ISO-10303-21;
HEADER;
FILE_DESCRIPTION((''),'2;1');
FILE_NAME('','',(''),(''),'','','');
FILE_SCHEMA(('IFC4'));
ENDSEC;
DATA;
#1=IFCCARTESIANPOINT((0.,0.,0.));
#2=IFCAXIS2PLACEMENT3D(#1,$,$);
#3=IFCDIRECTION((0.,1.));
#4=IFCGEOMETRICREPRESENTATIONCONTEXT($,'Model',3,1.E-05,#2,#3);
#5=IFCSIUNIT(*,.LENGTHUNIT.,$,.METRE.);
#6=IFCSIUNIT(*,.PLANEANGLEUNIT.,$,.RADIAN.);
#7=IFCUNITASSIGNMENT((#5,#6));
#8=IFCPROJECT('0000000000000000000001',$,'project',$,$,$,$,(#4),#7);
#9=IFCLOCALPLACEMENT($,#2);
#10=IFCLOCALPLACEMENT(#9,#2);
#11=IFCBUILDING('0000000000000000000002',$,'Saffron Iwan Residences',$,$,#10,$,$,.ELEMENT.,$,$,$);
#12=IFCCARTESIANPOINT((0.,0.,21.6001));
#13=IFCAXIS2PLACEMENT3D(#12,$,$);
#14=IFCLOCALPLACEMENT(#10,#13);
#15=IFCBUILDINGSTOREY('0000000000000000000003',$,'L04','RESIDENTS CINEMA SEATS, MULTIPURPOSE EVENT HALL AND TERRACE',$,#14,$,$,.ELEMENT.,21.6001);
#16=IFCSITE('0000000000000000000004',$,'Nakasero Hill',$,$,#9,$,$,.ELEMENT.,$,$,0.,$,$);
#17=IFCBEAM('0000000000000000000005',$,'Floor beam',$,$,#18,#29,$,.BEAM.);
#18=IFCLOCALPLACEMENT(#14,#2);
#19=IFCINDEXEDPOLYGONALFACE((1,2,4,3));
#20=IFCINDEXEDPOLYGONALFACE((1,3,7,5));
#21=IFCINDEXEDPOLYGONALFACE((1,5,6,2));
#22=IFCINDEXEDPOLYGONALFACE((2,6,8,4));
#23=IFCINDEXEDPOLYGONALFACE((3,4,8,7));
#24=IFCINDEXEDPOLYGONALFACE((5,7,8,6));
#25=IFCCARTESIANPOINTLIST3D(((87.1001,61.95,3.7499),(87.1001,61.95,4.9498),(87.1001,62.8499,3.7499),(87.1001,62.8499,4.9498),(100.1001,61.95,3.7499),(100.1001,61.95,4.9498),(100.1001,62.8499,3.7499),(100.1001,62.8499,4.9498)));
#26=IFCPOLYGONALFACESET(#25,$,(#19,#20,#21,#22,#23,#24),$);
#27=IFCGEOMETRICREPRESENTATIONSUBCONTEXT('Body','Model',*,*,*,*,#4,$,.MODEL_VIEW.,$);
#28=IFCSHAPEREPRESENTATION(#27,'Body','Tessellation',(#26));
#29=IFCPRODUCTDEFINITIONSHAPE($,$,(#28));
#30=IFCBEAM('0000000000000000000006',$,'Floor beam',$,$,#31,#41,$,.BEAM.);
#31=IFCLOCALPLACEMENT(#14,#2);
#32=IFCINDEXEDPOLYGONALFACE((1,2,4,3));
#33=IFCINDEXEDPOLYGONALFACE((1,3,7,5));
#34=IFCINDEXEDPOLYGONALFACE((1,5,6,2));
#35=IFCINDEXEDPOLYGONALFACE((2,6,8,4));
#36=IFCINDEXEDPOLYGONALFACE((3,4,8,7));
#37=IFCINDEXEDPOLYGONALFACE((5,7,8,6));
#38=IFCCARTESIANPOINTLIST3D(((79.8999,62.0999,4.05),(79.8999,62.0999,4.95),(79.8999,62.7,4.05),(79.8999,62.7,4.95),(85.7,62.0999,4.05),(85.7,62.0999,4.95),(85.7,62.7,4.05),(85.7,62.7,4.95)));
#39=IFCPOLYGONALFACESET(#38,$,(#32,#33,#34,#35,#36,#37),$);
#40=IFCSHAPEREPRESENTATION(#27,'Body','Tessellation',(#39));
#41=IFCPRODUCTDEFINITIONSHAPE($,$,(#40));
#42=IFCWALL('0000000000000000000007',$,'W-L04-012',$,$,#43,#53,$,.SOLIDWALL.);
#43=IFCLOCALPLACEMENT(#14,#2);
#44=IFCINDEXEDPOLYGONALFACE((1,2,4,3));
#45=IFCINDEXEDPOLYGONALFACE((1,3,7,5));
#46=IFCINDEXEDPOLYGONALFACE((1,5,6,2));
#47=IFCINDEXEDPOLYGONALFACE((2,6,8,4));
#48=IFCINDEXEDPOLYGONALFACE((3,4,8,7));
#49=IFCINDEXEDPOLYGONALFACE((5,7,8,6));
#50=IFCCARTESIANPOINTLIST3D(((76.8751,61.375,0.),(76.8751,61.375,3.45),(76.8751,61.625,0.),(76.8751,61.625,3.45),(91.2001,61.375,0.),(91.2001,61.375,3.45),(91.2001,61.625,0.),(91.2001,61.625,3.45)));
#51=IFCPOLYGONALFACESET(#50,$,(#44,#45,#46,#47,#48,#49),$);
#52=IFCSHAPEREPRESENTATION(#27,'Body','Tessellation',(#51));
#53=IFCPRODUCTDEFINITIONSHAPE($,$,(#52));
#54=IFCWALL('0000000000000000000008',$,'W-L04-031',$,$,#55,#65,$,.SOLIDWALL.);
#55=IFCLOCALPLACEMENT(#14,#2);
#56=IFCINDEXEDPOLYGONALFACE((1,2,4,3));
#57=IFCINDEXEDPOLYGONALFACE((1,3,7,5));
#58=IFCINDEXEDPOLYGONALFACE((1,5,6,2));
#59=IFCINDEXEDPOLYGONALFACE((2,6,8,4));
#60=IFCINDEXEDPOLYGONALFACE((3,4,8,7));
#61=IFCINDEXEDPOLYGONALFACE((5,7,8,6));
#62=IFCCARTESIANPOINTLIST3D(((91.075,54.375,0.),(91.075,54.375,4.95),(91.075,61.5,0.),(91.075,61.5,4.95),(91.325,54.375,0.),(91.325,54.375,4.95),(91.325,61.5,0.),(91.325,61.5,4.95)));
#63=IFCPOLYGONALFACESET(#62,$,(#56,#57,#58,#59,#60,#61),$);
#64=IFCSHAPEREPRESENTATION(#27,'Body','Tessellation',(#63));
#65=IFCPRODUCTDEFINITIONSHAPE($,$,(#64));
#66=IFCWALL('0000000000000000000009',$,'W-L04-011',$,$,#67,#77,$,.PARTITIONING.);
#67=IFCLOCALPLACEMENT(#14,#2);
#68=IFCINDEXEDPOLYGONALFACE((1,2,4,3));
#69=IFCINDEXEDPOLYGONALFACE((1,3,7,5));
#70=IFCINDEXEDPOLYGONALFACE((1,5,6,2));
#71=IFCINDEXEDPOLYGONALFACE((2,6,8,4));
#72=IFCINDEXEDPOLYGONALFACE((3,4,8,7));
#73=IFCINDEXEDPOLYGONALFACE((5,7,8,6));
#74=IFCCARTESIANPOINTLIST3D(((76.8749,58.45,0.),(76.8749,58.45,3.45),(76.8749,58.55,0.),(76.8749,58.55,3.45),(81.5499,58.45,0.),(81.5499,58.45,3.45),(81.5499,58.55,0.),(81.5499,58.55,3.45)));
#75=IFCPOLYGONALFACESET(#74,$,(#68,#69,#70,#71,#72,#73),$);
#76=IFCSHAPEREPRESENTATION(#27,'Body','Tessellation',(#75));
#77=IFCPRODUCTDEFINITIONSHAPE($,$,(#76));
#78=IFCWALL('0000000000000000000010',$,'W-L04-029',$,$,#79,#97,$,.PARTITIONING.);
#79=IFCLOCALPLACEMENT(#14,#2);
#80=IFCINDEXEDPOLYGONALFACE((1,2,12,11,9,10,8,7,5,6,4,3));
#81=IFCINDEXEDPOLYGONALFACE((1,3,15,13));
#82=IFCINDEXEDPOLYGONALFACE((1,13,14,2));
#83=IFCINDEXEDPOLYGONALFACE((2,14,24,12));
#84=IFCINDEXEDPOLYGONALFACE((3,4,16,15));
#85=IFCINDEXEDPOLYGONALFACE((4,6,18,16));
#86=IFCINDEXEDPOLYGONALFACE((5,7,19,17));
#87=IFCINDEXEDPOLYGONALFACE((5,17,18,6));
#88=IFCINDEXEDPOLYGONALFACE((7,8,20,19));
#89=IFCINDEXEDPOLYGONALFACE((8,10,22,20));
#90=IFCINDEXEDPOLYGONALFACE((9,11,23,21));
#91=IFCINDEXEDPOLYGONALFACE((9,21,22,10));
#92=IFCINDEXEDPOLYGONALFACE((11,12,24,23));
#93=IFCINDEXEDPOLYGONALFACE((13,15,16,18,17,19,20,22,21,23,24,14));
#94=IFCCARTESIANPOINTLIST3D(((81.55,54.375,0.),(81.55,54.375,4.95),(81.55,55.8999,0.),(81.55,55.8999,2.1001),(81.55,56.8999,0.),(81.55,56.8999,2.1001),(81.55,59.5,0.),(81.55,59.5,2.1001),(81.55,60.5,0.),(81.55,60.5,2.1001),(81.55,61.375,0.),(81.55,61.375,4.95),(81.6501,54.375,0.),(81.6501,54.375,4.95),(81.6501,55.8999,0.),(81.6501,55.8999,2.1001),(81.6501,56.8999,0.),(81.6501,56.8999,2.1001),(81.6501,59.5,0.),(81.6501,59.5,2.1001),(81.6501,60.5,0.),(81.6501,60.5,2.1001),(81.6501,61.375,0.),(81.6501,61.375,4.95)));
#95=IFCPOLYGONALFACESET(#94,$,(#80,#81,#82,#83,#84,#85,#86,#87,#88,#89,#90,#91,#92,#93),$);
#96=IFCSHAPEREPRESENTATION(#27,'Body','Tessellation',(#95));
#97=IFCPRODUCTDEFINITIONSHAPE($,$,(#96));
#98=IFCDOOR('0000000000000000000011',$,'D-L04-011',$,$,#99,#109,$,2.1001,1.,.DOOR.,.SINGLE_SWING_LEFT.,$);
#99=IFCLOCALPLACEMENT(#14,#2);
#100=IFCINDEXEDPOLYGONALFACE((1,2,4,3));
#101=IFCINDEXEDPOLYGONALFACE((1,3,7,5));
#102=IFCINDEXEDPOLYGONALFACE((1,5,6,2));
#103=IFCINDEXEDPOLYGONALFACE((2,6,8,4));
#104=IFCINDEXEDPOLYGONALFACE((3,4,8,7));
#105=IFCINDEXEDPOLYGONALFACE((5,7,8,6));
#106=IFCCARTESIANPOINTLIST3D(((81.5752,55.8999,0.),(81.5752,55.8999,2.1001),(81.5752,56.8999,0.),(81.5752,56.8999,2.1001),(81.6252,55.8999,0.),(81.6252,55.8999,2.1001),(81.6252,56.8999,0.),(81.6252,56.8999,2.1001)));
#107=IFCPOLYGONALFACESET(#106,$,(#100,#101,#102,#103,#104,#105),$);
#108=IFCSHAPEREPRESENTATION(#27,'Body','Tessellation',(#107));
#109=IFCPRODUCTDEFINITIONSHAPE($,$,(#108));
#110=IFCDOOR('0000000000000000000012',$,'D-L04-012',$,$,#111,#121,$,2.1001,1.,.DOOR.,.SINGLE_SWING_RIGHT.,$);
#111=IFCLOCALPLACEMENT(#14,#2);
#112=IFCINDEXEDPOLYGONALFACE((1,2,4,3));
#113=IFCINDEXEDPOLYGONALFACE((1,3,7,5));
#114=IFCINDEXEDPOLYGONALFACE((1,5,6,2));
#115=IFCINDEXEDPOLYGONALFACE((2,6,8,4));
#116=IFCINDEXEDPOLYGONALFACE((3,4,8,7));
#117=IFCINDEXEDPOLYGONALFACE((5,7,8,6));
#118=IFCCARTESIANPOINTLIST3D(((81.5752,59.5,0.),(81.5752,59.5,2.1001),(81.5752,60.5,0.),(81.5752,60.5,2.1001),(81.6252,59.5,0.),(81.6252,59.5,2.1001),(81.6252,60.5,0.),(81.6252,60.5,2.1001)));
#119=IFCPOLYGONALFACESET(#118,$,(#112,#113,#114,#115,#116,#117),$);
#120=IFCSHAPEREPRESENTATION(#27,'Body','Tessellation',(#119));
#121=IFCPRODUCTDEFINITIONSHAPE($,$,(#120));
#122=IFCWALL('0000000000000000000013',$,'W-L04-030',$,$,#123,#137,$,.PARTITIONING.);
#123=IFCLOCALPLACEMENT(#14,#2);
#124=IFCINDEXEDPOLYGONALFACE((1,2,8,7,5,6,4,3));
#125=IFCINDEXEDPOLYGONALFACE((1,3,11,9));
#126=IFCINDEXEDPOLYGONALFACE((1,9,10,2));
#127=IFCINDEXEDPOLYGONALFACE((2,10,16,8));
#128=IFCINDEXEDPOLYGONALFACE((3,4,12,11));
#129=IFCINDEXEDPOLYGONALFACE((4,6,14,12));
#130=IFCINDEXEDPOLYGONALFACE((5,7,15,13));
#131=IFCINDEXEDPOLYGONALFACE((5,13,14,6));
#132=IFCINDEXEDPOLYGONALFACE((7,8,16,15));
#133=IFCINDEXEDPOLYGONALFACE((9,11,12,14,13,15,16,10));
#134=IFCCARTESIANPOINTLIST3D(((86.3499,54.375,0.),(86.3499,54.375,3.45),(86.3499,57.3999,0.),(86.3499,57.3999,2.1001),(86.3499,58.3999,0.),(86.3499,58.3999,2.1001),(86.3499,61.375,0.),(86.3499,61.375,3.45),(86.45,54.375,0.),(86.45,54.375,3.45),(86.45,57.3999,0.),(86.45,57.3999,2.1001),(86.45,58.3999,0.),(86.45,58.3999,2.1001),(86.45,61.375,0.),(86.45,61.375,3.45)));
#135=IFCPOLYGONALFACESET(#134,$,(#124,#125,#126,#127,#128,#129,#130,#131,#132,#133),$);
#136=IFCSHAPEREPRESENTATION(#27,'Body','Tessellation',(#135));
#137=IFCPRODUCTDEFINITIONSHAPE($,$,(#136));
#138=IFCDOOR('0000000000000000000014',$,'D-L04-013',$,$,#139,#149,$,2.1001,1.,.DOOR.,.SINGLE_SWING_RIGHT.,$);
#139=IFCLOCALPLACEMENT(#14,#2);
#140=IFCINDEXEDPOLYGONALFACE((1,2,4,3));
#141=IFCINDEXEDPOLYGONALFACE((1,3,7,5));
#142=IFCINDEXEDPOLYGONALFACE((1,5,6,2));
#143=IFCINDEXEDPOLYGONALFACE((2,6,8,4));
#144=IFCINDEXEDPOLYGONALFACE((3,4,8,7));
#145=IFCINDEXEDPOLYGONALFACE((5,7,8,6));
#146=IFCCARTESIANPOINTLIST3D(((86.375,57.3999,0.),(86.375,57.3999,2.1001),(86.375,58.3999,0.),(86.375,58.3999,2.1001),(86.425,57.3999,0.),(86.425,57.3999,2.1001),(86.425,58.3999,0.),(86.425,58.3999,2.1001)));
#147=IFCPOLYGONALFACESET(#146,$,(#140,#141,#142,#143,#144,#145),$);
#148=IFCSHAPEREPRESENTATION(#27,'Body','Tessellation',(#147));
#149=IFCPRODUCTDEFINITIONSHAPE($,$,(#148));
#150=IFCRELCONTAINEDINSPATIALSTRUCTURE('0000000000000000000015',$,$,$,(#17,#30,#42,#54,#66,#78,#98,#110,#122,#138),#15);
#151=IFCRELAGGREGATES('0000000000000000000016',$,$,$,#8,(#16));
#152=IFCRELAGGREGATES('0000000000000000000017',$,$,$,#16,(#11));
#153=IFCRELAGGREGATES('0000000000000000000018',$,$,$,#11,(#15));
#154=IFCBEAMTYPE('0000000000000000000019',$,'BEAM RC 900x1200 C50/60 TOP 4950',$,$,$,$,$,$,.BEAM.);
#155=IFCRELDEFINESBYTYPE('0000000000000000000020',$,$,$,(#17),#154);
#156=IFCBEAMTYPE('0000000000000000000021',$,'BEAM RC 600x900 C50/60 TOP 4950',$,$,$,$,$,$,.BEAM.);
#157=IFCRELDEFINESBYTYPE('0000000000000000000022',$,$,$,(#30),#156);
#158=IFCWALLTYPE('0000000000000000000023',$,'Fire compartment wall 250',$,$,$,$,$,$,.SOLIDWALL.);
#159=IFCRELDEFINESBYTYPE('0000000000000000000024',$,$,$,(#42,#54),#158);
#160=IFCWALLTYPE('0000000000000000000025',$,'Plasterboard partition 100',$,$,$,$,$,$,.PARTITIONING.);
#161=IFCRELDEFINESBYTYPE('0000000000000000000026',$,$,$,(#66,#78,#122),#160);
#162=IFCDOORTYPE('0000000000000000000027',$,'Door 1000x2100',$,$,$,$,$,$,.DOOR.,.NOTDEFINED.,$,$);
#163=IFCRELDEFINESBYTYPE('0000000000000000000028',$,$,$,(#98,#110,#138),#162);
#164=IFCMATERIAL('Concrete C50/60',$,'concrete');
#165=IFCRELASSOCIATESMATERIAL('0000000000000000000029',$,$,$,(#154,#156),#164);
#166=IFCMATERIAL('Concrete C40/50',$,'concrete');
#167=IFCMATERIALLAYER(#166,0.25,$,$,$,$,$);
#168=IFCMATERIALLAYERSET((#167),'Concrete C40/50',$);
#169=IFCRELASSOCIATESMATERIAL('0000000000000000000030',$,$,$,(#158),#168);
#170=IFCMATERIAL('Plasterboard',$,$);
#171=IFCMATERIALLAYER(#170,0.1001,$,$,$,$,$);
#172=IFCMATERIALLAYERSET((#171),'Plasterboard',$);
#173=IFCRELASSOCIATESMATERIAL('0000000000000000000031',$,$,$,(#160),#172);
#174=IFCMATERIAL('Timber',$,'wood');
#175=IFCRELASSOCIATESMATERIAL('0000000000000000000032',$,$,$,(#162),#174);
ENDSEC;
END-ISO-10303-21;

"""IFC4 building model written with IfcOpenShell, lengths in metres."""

from ifc_helpers import new_model, si_unit, direction, frame, frame_2d, origin, origin_2d, place, context, subcontext, project, spatial, rectangle, extrude, source, transform, mapped, material, layer, layer_set, material_profile, profile_set, type_object, element, fill, save


model = new_model("IFC4")

# Units and contexts
model_context = context("Model", 3, precision=1e-05, world=origin(), true_north=direction((0.0, 1.0)))
body_context = subcontext(model_context, "Body", "Model", "MODEL_VIEW")
ifc_project = project(units=[si_unit("LENGTHUNIT", "METRE"), si_unit("PLANEANGLEUNIT", "RADIAN")], contexts=[model_context])

# Site, building, storey
site_placement = place(None, origin())
site = spatial("IfcSite", under=ifc_project, at=site_placement, Name="Nakasero Hill", CompositionType="ELEMENT", RefElevation=0.0)
building_placement = place(site_placement, origin())
building = spatial("IfcBuilding", under=site, at=building_placement, Name="Saffron Iwan Residences", CompositionType="ELEMENT")
storey_placement = place(building_placement, frame((0.0, 0.0, 21.6001)))
storey = spatial("IfcBuildingStorey", under=building, at=storey_placement, Name="L04", Description="RESIDENTS CINEMA SEATS, MULTIPURPOSE EVENT HALL AND TERRACE", CompositionType="ELEMENT", Elevation=21.6001)

# Shared definitions
ifc_material_1 = material(Name="Concrete C50/60", Category="concrete")

# Beams
ifc_material_profile_1 = material_profile(ifc_material_1, rectangle(XDim=0.8999, YDim=1.2, at=origin_2d()), Name="RC 900x1200")
ifc_profile_set_1 = profile_set([ifc_material_profile_1], Name="Concrete C50/60")
beam_type_1 = type_object("IfcBeamType", Name="BEAM RC 900x1200 C50/60 TOP 4950", PredefinedType="BEAM", material=ifc_profile_set_1)
shared_shape_1 = source(origin(), body_context, "Body", "SweptSolid", [
    extrude(rectangle(XDim=0.8999, YDim=1.2, at=origin_2d()), origin(), (0.0, 0.0, 1.0), 13.0),
])
beam_1_placement = place(storey_placement, frame((87.1001, 62.3999, 4.3499), z_axis=(1.0, 0.0, 0.0), x_axis=(0.0, 1.0, 0.0)))
element("IfcBeam", 1, at=beam_1_placement, inside=storey, type_object=beam_type_1, Name="Floor beam", PredefinedType="BEAM", context=body_context, shape_type="MappedRepresentation", body=[
    mapped(shared_shape_1, transform((0.0, 0.0, 0.0))),
])
ifc_material_profile_2 = material_profile(ifc_material_1, rectangle(XDim=0.6001, YDim=0.8999, at=origin_2d()), Name="RC 600x900")
ifc_profile_set_2 = profile_set([ifc_material_profile_2], Name="Concrete C50/60")
beam_type_2 = type_object("IfcBeamType", Name="BEAM RC 600x900 C50/60 TOP 4950", PredefinedType="BEAM", material=ifc_profile_set_2)
shared_shape_2 = source(origin(), body_context, "Body", "SweptSolid", [
    extrude(rectangle(XDim=0.6001, YDim=0.8999, at=origin_2d()), origin(), (0.0, 0.0, 1.0), 5.8),
])
beam_2_placement = place(storey_placement, frame((79.8999, 62.3999, 4.5), z_axis=(1.0, 0.0, 0.0), x_axis=(0.0, 1.0, 0.0)))
element("IfcBeam", 2, at=beam_2_placement, inside=storey, type_object=beam_type_2, Name="Floor beam", PredefinedType="BEAM", context=body_context, shape_type="MappedRepresentation", body=[
    mapped(shared_shape_2, transform((0.0, 0.0, 0.0))),
])

# Walls
ifc_material_2 = material(Name="Concrete C40/50", Category="concrete")
ifc_layer_1 = layer(ifc_material_2, 0.25)
ifc_layer_set_1 = layer_set([ifc_layer_1], Name="Concrete C40/50")
wall_type_1 = type_object("IfcWallType", Name="Fire compartment wall 250", PredefinedType="SOLIDWALL", material=ifc_layer_set_1)
wall_1_placement = place(storey_placement, frame((76.875, 61.5, 0.0), z_axis=(0.0, 0.0, 1.0), x_axis=(1.0, 0.0, 0.0)))
element("IfcWall", 3, at=wall_1_placement, inside=storey, type_object=wall_type_1, Name="W-L04-012", PredefinedType="SOLIDWALL", context=body_context, shape_type="SweptSolid", body=[
    extrude(rectangle(XDim=14.325, YDim=0.25, at=frame_2d((7.1626, 0.0))), origin(), (0.0, 0.0, 1.0), 3.45),
])
wall_2_placement = place(storey_placement, frame((91.2, 54.375, 0.0), z_axis=(0.0, 0.0, 1.0), x_axis=(0.0, 1.0, 0.0)))
element("IfcWall", 4, at=wall_2_placement, inside=storey, type_object=wall_type_1, Name="W-L04-031", PredefinedType="SOLIDWALL", context=body_context, shape_type="SweptSolid", body=[
    extrude(rectangle(XDim=7.125, YDim=0.25, at=frame_2d((3.5625, 0.0))), origin(), (0.0, 0.0, 1.0), 4.95),
])
ifc_material_3 = material(Name="Plasterboard")
ifc_layer_2 = layer(ifc_material_3, 0.1001)
ifc_layer_set_2 = layer_set([ifc_layer_2], Name="Plasterboard")
wall_type_2 = type_object("IfcWallType", Name="Plasterboard partition 100", PredefinedType="PARTITIONING", material=ifc_layer_set_2)
wall_3_placement = place(storey_placement, frame((76.875, 58.5, 0.0), z_axis=(0.0, 0.0, 1.0), x_axis=(1.0, 0.0, 0.0)))
element("IfcWall", 5, at=wall_3_placement, inside=storey, type_object=wall_type_2, Name="W-L04-011", PredefinedType="PARTITIONING", context=body_context, shape_type="SweptSolid", body=[
    extrude(rectangle(XDim=4.675, YDim=0.1001, at=frame_2d((2.3374, 0.0))), origin(), (0.0, 0.0, 1.0), 3.45),
])

# Wall, openings, doors
wall_4_placement = place(storey_placement, frame((81.6001, 54.375, 0.0), z_axis=(0.0, 0.0, 1.0), x_axis=(0.0, 1.0, 0.0)))
wall_4 = element("IfcWall", 6, at=wall_4_placement, inside=storey, type_object=wall_type_2, Name="W-L04-029", PredefinedType="PARTITIONING", context=body_context, shape_type="SweptSolid", body=[
    extrude(rectangle(XDim=7.0, YDim=0.1001, at=frame_2d((3.5, 0.0))), origin(), (0.0, 0.0, 1.0), 4.95),
])
opening_1_placement = place(wall_4_placement, frame((1.5249, 0.0, 0.0)))
opening_1 = element("IfcOpeningElement", 7, at=opening_1_placement, cuts=wall_4, PredefinedType="OPENING", context=body_context, shape_type="SweptSolid", body=[
    extrude(rectangle(XDim=1.0, YDim=2.1001, at=frame_2d((0.5, 1.05))), frame((0.0, 0.0601, 0.0), z_axis=(0.0, -1.0, 0.0), x_axis=(1.0, 0.0, 0.0)), (0.0, 0.0, 1.0), 0.1201),
])
opening_2_placement = place(wall_4_placement, frame((5.125, 0.0, 0.0)))
opening_2 = element("IfcOpeningElement", 8, at=opening_2_placement, cuts=wall_4, PredefinedType="OPENING", context=body_context, shape_type="SweptSolid", body=[
    extrude(rectangle(XDim=1.0, YDim=2.1001, at=frame_2d((0.5, 1.05))), frame((0.0, 0.0601, 0.0), z_axis=(0.0, -1.0, 0.0), x_axis=(1.0, 0.0, 0.0)), (0.0, 0.0, 1.0), 0.1201),
])
ifc_material_4 = material(Name="Timber", Category="wood")
door_type = type_object("IfcDoorType", Name="Door 1000x2100", OperationType="NOTDEFINED", PredefinedType="DOOR", material=ifc_material_4)
door_1_placement = place(opening_1_placement, origin())
door_1 = element("IfcDoor", 9, at=door_1_placement, inside=storey, type_object=door_type, Name="D-L04-011", OperationType="SINGLE_SWING_LEFT", OverallHeight=2.1001, OverallWidth=1.0, PredefinedType="DOOR", context=body_context, shape_type="SweptSolid", body=[
    extrude(rectangle(XDim=1.0, YDim=2.1001, at=frame_2d((0.5, 1.05))), frame((0.0, 0.0249, 0.0), z_axis=(0.0, -1.0, 0.0), x_axis=(1.0, 0.0, 0.0)), (0.0, 0.0, 1.0), 0.05),
])
fill(opening_1, door_1)
door_2_placement = place(opening_2_placement, origin())
door_2 = element("IfcDoor", 10, at=door_2_placement, inside=storey, type_object=door_type, Name="D-L04-012", OperationType="SINGLE_SWING_RIGHT", OverallHeight=2.1001, OverallWidth=1.0, PredefinedType="DOOR", context=body_context, shape_type="SweptSolid", body=[
    extrude(rectangle(XDim=1.0, YDim=2.1001, at=frame_2d((0.5, 1.05))), frame((0.0, 0.0249, 0.0), z_axis=(0.0, -1.0, 0.0), x_axis=(1.0, 0.0, 0.0)), (0.0, 0.0, 1.0), 0.05),
])
fill(opening_2, door_2)

# Wall, opening, door
wall_5_placement = place(storey_placement, frame((86.3999, 54.375, 0.0), z_axis=(0.0, 0.0, 1.0), x_axis=(0.0, 1.0, 0.0)))
wall_5 = element("IfcWall", 11, at=wall_5_placement, inside=storey, type_object=wall_type_2, Name="W-L04-030", PredefinedType="PARTITIONING", context=body_context, shape_type="SweptSolid", body=[
    extrude(rectangle(XDim=7.0, YDim=0.1001, at=frame_2d((3.5, 0.0))), origin(), (0.0, 0.0, 1.0), 3.45),
])
opening_3_placement = place(wall_5_placement, frame((3.0249, 0.0, 0.0)))
opening_3 = element("IfcOpeningElement", 12, at=opening_3_placement, cuts=wall_5, PredefinedType="OPENING", context=body_context, shape_type="SweptSolid", body=[
    extrude(rectangle(XDim=1.0, YDim=2.1001, at=frame_2d((0.5, 1.05))), frame((0.0, 0.0601, 0.0), z_axis=(0.0, -1.0, 0.0), x_axis=(1.0, 0.0, 0.0)), (0.0, 0.0, 1.0), 0.1201),
])
door_3_placement = place(opening_3_placement, origin())
door_3 = element("IfcDoor", 13, at=door_3_placement, inside=storey, type_object=door_type, Name="D-L04-013", OperationType="SINGLE_SWING_RIGHT", OverallHeight=2.1001, OverallWidth=1.0, PredefinedType="DOOR", context=body_context, shape_type="SweptSolid", body=[
    extrude(rectangle(XDim=1.0, YDim=2.1001, at=frame_2d((0.5, 1.05))), frame((0.0, 0.0249, 0.0), z_axis=(0.0, -1.0, 0.0), x_axis=(1.0, 0.0, 0.0)), (0.0, 0.0, 1.0), 0.05),
])
fill(opening_3, door_3)

save(model, "model.ifc")
